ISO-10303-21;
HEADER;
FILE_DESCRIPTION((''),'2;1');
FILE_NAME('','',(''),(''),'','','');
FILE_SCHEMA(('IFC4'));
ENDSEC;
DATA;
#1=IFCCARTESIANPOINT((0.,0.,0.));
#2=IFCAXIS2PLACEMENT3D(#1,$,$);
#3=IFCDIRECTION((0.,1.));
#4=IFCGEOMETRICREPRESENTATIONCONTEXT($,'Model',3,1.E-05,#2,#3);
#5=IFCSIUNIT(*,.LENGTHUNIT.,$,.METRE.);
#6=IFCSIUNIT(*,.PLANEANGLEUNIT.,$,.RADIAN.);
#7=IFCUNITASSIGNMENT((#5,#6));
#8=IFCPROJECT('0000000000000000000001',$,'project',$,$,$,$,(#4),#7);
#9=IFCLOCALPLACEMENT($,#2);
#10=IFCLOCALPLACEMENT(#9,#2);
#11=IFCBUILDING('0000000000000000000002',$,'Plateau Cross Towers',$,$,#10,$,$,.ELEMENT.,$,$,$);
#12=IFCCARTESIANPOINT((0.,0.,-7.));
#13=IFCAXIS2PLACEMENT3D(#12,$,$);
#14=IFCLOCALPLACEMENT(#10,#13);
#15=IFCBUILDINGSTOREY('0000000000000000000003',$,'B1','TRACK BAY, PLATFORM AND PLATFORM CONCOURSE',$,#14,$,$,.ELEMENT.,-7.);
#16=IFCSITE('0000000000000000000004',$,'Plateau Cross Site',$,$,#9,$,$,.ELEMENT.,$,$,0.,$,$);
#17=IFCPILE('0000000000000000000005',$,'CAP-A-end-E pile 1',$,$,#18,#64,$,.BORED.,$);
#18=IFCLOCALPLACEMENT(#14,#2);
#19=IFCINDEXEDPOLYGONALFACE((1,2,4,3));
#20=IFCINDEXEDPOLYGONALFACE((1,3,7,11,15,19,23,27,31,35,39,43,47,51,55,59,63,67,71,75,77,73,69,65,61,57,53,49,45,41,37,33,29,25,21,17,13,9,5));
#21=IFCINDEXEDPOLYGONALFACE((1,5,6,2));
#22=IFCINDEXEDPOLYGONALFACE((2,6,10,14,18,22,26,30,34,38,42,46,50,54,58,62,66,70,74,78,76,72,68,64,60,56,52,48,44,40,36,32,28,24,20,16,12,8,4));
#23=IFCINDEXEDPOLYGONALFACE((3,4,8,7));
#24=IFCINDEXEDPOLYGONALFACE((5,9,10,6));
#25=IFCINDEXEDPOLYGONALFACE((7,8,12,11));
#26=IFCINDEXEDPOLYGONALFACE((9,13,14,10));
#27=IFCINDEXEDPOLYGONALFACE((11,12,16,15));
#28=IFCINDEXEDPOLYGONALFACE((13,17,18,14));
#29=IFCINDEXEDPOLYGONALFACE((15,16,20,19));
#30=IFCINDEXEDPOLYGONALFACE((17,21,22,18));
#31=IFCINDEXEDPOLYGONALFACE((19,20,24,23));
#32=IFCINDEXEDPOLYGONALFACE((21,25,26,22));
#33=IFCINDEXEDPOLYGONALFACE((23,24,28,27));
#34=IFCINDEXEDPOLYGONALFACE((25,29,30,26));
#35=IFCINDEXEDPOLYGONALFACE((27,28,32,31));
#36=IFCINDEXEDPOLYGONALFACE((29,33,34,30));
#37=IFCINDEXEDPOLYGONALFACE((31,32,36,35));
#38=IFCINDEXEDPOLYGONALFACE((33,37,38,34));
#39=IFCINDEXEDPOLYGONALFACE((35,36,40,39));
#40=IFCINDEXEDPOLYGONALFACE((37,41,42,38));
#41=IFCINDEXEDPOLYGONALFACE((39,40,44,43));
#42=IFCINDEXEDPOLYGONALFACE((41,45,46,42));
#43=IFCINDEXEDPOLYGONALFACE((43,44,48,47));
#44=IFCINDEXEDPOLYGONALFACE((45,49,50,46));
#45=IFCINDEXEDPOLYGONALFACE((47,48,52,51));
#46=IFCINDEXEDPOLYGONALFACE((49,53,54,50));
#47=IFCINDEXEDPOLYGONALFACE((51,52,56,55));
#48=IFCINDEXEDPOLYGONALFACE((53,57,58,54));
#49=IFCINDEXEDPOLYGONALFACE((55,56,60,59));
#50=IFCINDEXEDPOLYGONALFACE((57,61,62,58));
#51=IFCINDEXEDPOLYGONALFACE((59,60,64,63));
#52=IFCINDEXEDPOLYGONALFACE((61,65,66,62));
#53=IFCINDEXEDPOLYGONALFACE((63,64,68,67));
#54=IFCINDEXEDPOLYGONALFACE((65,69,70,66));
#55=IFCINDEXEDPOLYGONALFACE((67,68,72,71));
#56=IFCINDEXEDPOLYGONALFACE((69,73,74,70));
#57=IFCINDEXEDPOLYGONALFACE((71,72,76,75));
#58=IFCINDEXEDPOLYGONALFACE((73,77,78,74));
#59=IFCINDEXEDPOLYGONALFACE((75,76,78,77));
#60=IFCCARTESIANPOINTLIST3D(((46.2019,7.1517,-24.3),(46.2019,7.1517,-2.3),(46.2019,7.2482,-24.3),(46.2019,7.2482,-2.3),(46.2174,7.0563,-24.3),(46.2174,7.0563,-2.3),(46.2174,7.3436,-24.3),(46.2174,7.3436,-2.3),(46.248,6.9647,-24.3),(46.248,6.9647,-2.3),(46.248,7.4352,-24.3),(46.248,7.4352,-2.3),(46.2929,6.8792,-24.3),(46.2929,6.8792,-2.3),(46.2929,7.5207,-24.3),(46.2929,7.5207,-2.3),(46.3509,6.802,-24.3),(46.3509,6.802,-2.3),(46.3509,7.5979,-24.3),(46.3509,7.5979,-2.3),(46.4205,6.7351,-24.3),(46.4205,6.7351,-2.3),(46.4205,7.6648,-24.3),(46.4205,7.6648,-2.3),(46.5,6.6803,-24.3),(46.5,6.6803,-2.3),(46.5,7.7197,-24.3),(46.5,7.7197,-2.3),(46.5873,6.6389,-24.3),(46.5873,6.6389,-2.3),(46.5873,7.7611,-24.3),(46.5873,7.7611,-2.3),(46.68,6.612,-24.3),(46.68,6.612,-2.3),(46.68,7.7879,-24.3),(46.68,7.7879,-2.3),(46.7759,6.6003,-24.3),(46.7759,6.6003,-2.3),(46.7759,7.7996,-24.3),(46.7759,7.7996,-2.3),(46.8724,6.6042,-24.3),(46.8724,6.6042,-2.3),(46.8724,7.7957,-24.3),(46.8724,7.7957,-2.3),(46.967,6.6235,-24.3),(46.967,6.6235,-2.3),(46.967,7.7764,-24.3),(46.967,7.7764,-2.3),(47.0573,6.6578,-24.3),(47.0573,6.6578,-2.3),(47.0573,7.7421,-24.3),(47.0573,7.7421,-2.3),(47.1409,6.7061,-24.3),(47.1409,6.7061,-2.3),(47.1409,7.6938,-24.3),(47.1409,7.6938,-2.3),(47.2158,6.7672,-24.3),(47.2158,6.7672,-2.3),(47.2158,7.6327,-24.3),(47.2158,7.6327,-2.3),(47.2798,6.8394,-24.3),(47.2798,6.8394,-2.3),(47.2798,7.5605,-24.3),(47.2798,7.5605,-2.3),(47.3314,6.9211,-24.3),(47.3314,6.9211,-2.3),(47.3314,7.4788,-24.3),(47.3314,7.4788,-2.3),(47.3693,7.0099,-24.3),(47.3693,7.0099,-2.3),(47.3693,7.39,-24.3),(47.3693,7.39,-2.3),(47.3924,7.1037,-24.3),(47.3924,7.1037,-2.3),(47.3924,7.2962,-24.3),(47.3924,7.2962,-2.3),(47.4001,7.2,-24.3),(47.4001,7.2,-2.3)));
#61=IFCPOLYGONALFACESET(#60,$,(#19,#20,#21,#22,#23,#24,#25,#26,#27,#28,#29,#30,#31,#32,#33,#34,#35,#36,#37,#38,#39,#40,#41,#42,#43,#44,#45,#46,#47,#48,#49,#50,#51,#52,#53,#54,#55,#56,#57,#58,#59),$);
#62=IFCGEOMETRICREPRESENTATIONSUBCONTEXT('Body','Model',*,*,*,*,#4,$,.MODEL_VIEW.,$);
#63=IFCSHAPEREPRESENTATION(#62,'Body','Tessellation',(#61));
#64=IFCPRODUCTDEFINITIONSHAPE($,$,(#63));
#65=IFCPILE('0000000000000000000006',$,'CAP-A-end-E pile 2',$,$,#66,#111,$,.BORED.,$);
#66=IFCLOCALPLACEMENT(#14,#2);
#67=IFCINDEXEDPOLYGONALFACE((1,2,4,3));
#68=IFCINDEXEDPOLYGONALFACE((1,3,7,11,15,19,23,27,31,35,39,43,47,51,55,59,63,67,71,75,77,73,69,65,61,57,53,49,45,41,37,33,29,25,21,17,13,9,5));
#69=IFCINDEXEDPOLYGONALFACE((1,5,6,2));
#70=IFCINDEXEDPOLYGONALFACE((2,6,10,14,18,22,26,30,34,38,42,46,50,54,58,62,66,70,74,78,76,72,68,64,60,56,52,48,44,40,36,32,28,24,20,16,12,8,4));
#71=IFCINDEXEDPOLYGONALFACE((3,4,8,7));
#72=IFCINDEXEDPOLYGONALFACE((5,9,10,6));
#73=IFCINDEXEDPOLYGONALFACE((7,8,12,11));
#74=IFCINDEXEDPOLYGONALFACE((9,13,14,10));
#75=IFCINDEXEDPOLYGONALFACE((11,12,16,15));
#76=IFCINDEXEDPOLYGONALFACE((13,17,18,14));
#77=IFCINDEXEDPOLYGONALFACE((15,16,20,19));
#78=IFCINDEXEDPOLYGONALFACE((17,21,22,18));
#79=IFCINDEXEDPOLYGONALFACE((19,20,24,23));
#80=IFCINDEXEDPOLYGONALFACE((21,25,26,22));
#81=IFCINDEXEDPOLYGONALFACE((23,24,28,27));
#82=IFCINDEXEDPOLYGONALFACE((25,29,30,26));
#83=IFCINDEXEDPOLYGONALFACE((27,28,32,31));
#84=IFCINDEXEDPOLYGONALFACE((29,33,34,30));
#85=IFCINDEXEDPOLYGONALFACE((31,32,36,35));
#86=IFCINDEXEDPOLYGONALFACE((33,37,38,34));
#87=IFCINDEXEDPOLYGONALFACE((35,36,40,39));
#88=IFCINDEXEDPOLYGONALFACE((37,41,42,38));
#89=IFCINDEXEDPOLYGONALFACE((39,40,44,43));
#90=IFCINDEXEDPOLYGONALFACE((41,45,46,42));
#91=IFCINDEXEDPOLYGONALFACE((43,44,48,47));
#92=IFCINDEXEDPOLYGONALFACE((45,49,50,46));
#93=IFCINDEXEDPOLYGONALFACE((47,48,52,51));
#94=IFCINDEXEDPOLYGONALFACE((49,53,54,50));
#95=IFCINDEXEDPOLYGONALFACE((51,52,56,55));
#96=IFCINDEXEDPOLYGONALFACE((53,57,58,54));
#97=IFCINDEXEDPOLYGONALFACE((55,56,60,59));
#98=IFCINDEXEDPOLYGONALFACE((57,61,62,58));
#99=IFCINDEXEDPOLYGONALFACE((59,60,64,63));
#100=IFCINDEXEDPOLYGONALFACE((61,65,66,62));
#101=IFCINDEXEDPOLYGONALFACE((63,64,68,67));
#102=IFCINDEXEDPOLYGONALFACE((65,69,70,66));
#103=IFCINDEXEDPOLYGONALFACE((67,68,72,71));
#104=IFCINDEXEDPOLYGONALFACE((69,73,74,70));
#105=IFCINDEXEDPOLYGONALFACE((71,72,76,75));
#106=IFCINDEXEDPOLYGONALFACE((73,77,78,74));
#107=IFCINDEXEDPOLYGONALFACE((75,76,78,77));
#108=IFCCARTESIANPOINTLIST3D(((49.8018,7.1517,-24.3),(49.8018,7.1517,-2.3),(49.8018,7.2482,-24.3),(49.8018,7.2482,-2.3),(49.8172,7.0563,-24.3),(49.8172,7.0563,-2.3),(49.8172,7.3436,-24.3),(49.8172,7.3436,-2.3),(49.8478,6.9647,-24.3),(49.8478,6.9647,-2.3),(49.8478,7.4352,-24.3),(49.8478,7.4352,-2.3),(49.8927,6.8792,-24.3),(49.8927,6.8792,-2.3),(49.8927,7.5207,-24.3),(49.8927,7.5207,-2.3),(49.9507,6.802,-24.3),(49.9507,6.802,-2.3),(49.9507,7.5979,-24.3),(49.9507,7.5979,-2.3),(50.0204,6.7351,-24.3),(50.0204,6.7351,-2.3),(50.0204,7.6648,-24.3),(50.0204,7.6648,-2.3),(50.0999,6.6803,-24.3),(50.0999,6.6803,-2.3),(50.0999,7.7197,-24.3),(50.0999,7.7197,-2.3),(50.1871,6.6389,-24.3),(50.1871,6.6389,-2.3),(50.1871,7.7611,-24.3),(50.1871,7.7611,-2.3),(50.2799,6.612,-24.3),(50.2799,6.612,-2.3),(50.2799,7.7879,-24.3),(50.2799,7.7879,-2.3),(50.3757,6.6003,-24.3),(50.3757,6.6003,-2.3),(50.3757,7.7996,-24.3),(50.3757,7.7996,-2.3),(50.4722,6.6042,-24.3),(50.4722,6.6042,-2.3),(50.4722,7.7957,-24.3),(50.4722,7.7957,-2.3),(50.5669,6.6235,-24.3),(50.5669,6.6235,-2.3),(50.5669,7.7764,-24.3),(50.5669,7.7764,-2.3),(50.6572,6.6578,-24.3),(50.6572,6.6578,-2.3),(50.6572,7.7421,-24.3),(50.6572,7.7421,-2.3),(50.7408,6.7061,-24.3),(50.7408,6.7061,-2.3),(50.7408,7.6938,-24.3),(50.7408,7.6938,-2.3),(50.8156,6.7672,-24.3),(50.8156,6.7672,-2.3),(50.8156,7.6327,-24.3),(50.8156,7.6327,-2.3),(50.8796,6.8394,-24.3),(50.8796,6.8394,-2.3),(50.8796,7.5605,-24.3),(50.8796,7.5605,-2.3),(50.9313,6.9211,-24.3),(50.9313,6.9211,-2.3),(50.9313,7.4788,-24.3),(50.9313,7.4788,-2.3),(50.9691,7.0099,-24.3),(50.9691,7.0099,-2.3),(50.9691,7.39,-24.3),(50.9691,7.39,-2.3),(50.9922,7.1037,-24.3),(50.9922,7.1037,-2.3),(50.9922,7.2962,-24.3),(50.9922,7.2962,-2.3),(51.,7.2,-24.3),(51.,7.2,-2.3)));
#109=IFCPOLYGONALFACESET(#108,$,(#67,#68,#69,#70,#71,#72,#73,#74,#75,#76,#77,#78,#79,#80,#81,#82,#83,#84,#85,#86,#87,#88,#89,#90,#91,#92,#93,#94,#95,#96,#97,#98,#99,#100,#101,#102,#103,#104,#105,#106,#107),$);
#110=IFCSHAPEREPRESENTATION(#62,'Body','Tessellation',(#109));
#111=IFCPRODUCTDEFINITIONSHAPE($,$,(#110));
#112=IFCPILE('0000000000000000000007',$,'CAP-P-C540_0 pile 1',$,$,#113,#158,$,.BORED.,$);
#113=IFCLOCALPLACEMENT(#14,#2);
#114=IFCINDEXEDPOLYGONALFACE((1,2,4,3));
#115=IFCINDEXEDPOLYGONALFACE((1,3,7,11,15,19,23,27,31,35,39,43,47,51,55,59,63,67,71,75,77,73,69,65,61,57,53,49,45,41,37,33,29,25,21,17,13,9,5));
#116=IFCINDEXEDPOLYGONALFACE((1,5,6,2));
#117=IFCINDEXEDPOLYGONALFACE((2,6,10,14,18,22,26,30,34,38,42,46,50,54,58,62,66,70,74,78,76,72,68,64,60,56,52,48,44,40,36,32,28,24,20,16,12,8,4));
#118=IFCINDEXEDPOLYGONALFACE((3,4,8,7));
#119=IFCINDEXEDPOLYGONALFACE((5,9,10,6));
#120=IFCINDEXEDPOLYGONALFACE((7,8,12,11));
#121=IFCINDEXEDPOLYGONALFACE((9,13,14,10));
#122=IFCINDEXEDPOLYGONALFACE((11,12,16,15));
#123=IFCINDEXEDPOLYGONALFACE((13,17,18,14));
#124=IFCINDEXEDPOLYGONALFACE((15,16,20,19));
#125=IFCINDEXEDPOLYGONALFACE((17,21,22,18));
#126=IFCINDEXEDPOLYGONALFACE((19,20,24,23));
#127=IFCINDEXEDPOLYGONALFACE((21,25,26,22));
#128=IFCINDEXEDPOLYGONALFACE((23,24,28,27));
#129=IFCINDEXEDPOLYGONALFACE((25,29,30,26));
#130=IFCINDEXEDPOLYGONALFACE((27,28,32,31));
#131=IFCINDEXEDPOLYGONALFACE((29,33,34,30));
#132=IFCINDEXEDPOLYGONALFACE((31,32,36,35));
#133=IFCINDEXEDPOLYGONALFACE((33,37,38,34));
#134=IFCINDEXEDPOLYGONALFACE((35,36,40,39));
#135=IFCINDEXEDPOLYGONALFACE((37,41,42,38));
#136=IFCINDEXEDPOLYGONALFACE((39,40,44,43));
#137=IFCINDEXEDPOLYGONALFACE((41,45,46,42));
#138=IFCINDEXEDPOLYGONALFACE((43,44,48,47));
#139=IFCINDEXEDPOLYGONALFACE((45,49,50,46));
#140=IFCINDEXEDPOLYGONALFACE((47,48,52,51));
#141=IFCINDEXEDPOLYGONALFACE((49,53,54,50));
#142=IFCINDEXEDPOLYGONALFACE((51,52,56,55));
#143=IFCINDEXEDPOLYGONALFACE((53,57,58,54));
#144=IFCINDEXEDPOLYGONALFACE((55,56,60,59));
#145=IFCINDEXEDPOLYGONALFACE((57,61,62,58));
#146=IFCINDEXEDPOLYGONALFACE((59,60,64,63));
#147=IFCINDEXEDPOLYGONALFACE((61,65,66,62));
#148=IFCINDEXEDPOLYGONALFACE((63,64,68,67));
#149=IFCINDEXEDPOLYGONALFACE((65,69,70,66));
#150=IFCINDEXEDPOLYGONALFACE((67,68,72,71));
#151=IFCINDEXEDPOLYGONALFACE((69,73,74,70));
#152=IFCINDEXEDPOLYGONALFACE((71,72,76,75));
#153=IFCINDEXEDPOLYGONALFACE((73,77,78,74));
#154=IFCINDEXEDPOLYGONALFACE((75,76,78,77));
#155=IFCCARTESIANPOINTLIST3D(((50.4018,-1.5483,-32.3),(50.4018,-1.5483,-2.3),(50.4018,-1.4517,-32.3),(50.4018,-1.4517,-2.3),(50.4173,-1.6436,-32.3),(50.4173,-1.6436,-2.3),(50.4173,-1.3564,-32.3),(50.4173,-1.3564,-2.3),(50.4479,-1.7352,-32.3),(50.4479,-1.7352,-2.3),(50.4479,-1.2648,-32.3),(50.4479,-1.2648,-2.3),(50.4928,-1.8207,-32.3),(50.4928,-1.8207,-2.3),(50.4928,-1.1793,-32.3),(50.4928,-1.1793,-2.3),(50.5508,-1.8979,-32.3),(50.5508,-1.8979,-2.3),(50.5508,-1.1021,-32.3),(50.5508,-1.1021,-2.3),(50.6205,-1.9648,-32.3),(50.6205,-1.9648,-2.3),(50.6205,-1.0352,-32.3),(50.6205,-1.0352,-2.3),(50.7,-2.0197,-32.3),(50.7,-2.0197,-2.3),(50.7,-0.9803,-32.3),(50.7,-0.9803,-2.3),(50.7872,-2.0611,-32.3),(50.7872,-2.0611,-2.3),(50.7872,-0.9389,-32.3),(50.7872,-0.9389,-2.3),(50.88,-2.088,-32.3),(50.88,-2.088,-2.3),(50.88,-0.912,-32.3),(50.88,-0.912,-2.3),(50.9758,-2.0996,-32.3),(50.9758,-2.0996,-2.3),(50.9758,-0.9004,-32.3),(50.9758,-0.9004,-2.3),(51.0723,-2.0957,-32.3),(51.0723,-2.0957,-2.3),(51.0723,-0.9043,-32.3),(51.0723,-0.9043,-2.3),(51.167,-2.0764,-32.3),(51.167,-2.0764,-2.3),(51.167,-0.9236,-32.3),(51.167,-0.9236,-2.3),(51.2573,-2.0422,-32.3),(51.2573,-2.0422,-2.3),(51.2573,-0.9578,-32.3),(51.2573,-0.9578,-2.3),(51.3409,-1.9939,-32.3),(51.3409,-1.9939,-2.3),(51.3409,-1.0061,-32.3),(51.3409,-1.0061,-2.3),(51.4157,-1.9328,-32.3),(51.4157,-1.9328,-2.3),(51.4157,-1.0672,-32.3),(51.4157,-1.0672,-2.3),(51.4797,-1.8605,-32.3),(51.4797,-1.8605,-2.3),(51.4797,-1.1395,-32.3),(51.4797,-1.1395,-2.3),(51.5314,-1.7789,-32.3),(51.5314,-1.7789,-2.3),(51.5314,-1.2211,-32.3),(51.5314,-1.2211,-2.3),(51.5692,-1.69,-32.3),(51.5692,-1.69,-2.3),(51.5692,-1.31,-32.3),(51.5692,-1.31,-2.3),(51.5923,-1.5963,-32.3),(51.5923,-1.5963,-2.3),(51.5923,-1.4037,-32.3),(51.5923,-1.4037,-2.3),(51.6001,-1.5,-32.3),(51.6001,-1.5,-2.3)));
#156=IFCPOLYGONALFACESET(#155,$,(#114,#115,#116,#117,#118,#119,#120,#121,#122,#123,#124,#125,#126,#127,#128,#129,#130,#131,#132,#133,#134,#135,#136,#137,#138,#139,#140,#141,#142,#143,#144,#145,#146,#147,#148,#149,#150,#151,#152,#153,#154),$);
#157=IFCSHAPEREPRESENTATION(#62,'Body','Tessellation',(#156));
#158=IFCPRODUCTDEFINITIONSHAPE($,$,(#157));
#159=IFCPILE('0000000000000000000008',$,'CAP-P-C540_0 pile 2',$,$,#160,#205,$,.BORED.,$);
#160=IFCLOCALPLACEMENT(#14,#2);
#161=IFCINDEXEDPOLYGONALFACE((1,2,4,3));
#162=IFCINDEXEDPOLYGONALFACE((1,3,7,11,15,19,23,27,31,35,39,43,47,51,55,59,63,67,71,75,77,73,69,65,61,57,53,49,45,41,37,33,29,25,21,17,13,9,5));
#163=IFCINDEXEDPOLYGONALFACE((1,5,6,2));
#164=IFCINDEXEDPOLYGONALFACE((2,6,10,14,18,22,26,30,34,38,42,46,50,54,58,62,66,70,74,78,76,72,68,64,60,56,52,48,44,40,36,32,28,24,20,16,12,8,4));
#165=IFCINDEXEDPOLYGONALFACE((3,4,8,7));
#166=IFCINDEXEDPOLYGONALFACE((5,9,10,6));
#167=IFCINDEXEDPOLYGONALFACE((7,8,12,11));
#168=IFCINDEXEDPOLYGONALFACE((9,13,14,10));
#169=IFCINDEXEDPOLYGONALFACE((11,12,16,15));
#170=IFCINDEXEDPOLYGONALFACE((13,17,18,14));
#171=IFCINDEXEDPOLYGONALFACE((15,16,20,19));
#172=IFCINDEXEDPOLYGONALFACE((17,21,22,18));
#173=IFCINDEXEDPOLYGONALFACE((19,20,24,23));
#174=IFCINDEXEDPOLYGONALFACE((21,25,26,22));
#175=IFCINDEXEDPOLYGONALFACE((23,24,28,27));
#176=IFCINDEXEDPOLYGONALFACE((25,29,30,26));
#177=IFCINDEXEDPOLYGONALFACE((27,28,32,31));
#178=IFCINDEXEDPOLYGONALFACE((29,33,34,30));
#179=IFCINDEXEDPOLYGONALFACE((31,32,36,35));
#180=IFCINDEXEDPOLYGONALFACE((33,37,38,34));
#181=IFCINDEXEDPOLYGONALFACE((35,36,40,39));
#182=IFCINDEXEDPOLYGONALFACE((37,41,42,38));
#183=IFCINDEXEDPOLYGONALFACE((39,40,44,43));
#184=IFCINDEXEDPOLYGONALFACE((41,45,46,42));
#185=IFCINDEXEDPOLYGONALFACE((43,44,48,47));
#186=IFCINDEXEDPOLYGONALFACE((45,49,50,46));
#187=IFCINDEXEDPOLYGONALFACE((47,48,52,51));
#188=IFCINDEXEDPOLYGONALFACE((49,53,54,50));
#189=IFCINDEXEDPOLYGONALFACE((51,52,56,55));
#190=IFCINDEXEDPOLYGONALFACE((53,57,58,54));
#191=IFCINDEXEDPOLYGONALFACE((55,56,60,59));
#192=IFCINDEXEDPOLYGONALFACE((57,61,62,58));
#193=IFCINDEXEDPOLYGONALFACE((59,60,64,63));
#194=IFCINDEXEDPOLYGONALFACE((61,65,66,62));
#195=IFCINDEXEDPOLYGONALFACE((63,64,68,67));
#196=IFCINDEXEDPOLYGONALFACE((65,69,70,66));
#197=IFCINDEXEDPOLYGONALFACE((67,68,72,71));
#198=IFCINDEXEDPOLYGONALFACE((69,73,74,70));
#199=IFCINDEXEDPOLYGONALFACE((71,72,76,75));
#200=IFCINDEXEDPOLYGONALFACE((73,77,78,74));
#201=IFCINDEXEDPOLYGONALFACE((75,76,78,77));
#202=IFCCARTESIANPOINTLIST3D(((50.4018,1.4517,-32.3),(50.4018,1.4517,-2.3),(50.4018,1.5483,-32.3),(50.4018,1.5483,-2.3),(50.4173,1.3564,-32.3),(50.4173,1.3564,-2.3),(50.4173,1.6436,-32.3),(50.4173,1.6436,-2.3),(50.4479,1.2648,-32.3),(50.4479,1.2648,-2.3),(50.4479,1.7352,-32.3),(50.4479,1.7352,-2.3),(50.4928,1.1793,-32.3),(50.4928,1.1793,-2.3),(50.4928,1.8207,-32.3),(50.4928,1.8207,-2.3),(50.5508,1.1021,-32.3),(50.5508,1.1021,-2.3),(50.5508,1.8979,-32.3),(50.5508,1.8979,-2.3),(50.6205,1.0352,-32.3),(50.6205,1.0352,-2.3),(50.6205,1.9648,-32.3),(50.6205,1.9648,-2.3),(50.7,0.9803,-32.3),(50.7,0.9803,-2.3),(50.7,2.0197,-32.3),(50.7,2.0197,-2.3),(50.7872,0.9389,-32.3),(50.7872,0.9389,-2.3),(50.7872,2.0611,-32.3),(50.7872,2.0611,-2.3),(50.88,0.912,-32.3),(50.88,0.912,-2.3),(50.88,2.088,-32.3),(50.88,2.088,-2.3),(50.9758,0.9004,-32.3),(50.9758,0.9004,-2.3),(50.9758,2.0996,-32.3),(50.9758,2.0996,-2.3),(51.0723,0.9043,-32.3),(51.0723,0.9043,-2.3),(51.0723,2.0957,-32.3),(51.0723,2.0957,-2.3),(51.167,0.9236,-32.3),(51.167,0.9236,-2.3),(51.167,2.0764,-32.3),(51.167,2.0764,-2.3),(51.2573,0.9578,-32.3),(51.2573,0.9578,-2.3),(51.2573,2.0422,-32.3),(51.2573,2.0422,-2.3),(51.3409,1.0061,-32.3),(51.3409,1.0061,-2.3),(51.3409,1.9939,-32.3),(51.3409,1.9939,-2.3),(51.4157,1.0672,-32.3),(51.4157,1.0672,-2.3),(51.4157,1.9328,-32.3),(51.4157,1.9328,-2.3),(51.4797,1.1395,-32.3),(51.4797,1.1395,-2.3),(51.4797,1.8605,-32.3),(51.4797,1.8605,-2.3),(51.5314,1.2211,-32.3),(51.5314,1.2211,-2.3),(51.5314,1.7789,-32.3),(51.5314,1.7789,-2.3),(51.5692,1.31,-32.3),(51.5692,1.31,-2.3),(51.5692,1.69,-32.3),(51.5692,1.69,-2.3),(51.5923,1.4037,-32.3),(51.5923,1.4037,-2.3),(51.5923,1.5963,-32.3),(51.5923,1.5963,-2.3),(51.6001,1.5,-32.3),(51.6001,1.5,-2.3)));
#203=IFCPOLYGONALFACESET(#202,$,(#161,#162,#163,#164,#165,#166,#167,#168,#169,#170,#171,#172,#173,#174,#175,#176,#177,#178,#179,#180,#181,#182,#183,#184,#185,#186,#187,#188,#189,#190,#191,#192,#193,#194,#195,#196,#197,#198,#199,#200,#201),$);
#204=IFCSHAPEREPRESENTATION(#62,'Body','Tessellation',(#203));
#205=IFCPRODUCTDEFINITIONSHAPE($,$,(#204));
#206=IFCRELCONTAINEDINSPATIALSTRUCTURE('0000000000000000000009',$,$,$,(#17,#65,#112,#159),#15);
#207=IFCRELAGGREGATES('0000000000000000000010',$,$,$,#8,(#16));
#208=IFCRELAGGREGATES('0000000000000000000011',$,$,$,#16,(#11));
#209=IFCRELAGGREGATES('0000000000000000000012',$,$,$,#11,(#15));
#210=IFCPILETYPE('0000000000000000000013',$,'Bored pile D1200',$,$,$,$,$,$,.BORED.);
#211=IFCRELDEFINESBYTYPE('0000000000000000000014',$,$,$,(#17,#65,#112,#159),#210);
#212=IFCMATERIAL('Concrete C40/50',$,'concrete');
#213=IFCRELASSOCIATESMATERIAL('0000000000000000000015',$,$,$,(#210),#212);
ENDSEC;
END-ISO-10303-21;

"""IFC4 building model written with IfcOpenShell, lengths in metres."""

from ifc_helpers import new_model, si_unit, direction, frame, origin, origin_2d, place, context, subcontext, project, spatial, circle, extrude, material, material_profile, profile_set, type_object, element, save


model = new_model("IFC4")

# Units and contexts
model_context = context("Model", 3, precision=1e-05, world=origin(), true_north=direction((0.0, 1.0)))
body_context = subcontext(model_context, "Body", "Model", "MODEL_VIEW")
ifc_project = project(units=[si_unit("LENGTHUNIT", "METRE"), si_unit("PLANEANGLEUNIT", "RADIAN")], contexts=[model_context])

# Site, building, storey
site_placement = place(None, origin())
site = spatial("IfcSite", under=ifc_project, at=site_placement, Name="Plateau Cross Site", CompositionType="ELEMENT", RefElevation=0.0)
building_placement = place(site_placement, origin())
building = spatial("IfcBuilding", under=site, at=building_placement, Name="Plateau Cross Towers", CompositionType="ELEMENT")
storey_placement = place(building_placement, frame((0.0, 0.0, -7.0)))
storey = spatial("IfcBuildingStorey", under=building, at=storey_placement, Name="B1", Description="TRACK BAY, PLATFORM AND PLATFORM CONCOURSE", CompositionType="ELEMENT", Elevation=-7.0)

# Piles
ifc_material_1 = material(Name="Concrete C40/50", Category="concrete")
ifc_material_profile_1 = material_profile(ifc_material_1, circle(Radius=0.6001, at=origin_2d()), Name="Bored pile D1200")
ifc_profile_set_1 = profile_set([ifc_material_profile_1], Name="Concrete C40/50")
pile_type = type_object("IfcPileType", Name="Bored pile D1200", PredefinedType="BORED", material=ifc_profile_set_1)
for number, where, z_axis, x_axis, name in (
    (1, (46.8, 7.2, -2.3), (0.0, 0.0, -1.0), (1.0, 0.0, 0.0), "CAP-A-end-E pile 1"),
    (2, (50.3999, 7.2, -2.3), (0.0, 0.0, -1.0), (1.0, 0.0, 0.0), "CAP-A-end-E pile 2"),
):
    element("IfcPile", number, at=place(storey_placement, frame(where, z_axis=z_axis, x_axis=x_axis)), inside=storey, type_object=pile_type, Name=name, PredefinedType="BORED", context=body_context, shape_type="SweptSolid", body=[
        extrude(circle(Radius=0.6001, at=origin_2d()), origin(), (0.0, 0.0, 1.0), 22.0),
    ])
for number, where, z_axis, x_axis, name in (
    (3, (51.0, -1.5, -2.3), (0.0, 0.0, -1.0), (1.0, 0.0, 0.0), "CAP-P-C540_0 pile 1"),
    (4, (51.0, 1.5, -2.3), (0.0, 0.0, -1.0), (1.0, 0.0, 0.0), "CAP-P-C540_0 pile 2"),
):
    element("IfcPile", number, at=place(storey_placement, frame(where, z_axis=z_axis, x_axis=x_axis)), inside=storey, type_object=pile_type, Name=name, PredefinedType="BORED", context=body_context, shape_type="SweptSolid", body=[
        extrude(circle(Radius=0.6001, at=origin_2d()), origin(), (0.0, 0.0, 1.0), 30.0),
    ])

save(model, "model.ifc")
